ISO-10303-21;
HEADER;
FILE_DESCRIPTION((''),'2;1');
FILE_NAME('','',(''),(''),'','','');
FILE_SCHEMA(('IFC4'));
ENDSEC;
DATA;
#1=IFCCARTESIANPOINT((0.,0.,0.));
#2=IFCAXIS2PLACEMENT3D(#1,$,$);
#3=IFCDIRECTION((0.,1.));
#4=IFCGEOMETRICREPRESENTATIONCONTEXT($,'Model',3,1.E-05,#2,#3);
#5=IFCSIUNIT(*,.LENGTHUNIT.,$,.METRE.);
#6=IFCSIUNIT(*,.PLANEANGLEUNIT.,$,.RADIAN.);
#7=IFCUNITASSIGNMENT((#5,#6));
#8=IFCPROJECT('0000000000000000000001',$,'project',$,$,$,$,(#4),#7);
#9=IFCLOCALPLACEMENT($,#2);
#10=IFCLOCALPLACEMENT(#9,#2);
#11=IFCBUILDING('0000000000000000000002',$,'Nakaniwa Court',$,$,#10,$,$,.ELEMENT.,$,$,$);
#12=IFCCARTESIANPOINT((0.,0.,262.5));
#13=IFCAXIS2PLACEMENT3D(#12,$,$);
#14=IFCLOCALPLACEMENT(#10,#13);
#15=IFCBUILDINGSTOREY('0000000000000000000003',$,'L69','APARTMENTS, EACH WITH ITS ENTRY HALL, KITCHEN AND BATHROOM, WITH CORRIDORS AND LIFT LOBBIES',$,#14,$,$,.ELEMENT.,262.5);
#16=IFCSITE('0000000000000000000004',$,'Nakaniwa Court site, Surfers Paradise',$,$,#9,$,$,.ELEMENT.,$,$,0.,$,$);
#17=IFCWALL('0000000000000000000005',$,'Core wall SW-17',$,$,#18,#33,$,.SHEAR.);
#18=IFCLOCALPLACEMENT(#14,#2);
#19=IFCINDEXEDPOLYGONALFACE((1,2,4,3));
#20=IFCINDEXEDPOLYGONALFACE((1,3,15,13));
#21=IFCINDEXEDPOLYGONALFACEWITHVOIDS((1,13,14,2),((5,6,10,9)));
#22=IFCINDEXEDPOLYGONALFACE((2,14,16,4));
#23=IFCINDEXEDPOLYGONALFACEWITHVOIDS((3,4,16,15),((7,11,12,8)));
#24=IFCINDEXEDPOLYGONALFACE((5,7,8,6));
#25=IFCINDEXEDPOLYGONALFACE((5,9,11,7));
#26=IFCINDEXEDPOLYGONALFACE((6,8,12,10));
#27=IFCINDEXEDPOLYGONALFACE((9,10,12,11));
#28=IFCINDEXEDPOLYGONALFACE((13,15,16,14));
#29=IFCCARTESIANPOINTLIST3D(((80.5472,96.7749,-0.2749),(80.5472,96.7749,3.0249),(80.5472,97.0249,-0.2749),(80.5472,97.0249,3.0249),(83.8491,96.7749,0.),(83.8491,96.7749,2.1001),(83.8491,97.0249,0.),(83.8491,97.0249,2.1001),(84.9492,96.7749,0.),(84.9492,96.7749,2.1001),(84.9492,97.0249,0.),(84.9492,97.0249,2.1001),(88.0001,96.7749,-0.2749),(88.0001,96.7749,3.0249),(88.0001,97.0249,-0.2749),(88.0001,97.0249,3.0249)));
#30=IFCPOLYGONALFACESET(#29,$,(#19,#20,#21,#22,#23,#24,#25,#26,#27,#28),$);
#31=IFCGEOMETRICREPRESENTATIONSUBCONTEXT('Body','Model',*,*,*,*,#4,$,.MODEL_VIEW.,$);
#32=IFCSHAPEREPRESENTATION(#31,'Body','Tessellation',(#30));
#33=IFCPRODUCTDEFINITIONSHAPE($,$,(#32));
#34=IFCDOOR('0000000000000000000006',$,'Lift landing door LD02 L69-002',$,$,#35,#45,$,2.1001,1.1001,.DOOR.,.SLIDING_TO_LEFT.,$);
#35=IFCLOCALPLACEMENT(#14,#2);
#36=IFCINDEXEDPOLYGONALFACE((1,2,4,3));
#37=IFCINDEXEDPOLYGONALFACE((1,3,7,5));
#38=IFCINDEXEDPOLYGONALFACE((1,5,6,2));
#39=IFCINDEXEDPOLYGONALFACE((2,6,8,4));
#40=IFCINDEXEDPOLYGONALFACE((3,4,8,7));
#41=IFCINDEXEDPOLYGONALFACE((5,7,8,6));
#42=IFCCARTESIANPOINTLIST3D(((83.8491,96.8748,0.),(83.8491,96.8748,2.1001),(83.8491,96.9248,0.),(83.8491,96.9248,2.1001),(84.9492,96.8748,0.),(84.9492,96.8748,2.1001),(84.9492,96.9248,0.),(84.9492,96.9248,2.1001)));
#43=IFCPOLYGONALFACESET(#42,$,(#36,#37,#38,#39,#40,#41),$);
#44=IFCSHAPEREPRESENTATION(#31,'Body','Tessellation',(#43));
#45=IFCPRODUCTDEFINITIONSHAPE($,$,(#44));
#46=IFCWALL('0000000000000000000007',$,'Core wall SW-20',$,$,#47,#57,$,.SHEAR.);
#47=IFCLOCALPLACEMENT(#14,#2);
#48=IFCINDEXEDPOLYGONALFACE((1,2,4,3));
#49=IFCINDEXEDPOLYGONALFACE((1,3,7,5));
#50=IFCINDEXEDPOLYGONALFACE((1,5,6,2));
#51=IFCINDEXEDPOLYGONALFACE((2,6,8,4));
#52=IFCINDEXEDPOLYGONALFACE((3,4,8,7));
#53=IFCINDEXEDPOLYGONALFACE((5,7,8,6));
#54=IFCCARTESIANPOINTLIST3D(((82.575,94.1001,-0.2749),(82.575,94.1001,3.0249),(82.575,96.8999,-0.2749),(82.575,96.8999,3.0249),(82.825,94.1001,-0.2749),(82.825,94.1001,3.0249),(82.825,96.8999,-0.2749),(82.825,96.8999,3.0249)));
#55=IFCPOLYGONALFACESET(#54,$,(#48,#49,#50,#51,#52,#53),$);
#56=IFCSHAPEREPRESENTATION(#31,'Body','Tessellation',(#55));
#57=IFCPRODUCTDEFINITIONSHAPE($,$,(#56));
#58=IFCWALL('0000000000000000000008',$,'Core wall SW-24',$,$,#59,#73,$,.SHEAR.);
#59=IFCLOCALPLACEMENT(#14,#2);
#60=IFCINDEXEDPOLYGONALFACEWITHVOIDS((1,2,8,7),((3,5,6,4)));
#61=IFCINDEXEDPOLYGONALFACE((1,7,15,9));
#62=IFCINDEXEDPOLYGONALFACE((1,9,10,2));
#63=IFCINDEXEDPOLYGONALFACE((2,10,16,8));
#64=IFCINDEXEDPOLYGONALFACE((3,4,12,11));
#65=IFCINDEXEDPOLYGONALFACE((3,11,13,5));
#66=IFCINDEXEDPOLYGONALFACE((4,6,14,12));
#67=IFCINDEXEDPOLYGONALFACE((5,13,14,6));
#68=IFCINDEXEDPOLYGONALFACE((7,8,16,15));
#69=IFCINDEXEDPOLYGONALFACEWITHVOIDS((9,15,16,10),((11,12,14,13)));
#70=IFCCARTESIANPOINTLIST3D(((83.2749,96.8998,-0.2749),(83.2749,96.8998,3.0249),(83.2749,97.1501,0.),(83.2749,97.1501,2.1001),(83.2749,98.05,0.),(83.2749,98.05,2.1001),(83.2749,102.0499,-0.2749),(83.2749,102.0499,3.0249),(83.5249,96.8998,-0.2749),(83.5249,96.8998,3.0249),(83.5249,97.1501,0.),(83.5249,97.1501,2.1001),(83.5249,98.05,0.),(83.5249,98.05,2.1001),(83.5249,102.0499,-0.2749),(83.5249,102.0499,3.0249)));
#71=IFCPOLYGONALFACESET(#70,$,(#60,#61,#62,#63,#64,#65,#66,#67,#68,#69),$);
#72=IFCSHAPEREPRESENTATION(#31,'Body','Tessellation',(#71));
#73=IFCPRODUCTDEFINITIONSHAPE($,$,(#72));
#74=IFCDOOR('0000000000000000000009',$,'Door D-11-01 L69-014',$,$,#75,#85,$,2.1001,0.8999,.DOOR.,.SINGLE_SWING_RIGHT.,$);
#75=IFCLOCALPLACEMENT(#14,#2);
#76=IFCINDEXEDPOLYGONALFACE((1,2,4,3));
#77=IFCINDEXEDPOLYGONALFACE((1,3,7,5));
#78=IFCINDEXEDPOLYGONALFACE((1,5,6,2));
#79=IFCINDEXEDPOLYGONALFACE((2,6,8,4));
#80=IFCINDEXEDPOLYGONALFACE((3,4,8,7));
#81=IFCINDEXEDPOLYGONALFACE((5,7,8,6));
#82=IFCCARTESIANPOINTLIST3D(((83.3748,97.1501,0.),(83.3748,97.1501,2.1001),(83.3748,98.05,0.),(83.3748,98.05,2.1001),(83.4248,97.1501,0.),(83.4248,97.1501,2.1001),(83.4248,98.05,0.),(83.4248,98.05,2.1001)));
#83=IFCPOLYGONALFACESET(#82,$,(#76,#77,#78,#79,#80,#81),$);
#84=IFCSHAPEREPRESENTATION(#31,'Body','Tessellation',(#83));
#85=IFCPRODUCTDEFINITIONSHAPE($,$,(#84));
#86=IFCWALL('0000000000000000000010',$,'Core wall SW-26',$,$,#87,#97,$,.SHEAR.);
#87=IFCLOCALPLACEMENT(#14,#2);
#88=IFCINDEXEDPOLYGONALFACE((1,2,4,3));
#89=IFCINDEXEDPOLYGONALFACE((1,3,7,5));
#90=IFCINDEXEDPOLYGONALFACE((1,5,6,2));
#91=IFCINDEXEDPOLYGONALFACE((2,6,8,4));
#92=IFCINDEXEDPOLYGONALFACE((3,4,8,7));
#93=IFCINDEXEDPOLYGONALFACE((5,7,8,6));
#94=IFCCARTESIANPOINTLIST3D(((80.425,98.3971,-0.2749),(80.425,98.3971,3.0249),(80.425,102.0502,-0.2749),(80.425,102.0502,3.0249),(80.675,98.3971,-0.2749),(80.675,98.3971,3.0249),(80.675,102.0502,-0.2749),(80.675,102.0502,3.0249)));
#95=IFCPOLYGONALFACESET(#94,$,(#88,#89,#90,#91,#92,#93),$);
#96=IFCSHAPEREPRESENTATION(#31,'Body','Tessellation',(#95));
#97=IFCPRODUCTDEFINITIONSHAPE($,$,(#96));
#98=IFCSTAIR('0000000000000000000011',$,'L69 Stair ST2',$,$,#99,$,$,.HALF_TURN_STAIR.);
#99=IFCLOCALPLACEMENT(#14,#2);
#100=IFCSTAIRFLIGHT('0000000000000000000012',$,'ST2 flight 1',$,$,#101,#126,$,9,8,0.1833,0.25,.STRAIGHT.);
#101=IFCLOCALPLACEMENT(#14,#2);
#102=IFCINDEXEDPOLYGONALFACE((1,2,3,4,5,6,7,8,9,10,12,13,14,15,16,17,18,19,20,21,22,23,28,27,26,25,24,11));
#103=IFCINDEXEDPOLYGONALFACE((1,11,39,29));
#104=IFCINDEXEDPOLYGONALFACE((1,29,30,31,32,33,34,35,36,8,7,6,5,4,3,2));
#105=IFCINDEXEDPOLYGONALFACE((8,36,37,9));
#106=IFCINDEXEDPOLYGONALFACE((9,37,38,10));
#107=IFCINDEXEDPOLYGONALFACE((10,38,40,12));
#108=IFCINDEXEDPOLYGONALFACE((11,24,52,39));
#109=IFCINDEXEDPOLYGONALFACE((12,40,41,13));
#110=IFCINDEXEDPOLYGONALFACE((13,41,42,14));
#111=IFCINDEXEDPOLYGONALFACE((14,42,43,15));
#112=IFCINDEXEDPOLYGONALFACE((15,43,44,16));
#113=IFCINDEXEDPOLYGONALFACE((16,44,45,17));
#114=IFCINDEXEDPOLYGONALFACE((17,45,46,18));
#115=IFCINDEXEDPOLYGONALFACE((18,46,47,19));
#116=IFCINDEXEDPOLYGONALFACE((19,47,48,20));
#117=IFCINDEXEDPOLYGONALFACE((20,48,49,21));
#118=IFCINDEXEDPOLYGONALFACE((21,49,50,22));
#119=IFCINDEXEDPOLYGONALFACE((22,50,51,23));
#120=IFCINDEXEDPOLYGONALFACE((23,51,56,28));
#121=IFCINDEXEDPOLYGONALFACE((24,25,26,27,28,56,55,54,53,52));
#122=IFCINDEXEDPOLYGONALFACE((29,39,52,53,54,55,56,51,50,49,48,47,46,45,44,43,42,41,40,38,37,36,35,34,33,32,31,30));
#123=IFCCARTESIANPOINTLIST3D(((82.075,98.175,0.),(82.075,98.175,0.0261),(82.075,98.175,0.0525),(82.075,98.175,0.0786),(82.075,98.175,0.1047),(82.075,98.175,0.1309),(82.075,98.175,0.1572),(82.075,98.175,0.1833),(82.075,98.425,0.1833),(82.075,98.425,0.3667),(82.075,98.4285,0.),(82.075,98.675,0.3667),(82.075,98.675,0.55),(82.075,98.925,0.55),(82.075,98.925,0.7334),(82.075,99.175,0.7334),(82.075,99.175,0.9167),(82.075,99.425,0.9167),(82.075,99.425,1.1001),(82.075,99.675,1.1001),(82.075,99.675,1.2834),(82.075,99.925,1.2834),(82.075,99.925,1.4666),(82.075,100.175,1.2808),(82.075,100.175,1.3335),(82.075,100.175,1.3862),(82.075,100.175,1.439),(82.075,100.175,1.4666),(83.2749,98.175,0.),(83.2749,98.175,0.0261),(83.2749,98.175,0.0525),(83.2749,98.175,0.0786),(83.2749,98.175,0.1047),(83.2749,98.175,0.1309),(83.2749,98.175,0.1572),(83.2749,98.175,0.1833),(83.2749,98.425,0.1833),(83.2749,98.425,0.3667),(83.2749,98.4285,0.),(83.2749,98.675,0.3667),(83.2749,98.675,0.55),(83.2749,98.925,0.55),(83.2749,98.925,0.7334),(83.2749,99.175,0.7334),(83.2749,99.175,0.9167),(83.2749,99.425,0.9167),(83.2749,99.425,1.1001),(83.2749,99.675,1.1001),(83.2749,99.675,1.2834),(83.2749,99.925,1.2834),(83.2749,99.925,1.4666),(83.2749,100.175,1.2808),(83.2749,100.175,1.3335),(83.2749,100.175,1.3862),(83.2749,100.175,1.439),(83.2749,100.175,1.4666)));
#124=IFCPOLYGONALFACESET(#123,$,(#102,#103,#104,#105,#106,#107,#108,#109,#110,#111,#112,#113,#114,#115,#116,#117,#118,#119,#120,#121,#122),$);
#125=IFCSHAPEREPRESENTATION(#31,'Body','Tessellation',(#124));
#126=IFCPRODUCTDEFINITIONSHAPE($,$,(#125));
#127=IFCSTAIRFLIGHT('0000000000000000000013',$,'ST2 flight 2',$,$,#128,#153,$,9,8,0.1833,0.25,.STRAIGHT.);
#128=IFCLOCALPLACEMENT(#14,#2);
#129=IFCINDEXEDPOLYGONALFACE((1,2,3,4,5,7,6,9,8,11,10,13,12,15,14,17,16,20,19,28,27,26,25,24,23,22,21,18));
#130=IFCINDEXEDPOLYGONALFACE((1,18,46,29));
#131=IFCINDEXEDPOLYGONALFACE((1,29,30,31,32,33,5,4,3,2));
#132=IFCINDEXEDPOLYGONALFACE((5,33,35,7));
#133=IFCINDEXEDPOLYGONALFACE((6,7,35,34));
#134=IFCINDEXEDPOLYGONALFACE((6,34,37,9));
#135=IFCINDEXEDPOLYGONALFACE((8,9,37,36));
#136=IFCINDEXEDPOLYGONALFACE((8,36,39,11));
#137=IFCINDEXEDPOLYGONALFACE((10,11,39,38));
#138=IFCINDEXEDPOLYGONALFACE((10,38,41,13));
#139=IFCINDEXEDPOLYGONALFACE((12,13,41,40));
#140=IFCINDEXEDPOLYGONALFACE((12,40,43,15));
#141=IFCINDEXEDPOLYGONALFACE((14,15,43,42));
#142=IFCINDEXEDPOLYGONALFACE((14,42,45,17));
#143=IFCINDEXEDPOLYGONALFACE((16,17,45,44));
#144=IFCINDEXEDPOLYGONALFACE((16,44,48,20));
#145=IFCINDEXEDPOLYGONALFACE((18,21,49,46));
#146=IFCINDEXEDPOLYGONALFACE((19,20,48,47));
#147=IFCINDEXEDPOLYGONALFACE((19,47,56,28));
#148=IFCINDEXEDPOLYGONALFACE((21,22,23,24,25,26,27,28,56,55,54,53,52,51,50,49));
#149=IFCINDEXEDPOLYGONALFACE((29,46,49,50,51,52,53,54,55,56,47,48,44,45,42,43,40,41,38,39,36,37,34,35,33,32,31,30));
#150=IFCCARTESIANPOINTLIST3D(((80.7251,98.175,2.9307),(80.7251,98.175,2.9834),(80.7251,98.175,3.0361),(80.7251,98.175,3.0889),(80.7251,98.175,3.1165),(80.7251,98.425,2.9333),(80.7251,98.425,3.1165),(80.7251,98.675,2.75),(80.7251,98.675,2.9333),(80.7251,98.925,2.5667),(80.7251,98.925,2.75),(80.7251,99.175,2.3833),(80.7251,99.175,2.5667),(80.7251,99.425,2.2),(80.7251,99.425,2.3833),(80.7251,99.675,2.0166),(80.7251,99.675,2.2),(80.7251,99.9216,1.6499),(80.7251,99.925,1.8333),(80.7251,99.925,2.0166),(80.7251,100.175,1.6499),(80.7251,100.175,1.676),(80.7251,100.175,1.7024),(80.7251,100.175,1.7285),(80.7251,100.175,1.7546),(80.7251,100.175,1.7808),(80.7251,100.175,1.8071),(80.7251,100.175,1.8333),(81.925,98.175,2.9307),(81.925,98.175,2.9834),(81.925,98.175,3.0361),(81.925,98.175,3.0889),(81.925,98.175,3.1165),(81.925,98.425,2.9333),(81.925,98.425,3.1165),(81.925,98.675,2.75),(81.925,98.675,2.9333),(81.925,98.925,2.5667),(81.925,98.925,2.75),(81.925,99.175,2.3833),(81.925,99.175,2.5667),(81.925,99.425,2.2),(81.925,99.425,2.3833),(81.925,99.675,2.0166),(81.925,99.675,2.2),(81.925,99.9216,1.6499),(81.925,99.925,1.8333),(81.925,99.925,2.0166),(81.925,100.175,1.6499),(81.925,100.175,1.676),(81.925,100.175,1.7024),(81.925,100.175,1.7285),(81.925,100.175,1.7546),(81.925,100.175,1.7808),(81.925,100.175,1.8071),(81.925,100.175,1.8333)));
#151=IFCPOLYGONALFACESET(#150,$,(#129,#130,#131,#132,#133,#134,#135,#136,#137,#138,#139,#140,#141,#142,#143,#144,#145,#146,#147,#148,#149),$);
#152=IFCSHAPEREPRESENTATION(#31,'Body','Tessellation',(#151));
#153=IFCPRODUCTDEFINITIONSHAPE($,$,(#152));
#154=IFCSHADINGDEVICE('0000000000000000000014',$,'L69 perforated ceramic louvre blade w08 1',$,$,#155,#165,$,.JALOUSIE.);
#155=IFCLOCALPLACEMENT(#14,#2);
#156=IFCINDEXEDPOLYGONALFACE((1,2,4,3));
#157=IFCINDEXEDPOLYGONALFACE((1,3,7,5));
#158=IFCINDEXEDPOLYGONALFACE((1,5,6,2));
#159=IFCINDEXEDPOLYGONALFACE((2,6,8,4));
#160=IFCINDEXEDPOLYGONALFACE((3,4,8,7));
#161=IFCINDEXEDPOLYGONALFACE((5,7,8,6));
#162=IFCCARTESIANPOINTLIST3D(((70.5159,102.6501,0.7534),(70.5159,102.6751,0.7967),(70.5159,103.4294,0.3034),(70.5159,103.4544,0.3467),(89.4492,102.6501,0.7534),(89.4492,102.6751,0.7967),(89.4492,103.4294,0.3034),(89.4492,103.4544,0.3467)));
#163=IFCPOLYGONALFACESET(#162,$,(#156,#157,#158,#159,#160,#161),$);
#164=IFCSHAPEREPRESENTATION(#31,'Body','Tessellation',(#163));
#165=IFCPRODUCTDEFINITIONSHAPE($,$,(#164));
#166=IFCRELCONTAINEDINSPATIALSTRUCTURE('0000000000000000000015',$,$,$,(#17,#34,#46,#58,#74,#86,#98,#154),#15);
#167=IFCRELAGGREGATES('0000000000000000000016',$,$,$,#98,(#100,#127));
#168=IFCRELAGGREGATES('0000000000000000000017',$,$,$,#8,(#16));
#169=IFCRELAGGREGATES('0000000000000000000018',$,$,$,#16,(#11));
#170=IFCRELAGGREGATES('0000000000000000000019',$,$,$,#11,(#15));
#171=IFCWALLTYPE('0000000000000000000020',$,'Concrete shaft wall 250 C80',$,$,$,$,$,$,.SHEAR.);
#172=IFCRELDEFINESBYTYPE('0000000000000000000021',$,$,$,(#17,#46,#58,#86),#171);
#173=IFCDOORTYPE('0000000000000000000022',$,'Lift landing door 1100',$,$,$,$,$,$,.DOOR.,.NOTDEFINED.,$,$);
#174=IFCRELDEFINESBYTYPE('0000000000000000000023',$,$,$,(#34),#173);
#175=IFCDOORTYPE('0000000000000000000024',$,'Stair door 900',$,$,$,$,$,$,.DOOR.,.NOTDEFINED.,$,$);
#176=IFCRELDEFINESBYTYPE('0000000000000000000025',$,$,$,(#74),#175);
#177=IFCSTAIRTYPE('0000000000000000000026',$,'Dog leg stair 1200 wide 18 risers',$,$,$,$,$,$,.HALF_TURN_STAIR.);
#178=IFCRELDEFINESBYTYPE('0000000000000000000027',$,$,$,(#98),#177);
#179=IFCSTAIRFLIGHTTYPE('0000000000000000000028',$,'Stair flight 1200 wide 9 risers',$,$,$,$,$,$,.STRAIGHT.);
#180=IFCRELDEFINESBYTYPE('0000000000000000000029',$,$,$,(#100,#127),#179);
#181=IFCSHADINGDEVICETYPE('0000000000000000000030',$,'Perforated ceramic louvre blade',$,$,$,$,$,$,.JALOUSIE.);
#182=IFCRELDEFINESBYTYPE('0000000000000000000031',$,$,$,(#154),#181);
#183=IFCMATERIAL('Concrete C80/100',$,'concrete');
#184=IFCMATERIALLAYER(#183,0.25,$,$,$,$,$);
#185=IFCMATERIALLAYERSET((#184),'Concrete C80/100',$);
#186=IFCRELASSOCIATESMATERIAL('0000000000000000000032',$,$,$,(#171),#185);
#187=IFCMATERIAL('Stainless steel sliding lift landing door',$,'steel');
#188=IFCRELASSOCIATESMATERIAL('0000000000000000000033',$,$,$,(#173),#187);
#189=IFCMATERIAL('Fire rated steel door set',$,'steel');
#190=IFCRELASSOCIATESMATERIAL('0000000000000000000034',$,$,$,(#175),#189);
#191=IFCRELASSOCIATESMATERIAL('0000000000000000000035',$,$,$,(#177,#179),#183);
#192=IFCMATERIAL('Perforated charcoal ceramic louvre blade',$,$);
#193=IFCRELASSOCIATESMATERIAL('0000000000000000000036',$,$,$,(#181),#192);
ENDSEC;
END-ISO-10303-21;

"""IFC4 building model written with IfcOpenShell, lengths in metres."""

from ifc_helpers import new_model, si_unit, direction, frame, frame_2d, origin, origin_2d, place, context, subcontext, project, spatial, polyline, rectangle, outline, extrude, material, layer, layer_set, material_profile, profile_set, type_object, element, fill, aggregate, save


model = new_model("IFC4")

# Units and contexts
model_context = context("Model", 3, precision=1e-05, world=origin(), true_north=direction((0.0, 1.0)))
body_context = subcontext(model_context, "Body", "Model", "MODEL_VIEW")
ifc_project = project(units=[si_unit("LENGTHUNIT", "METRE"), si_unit("PLANEANGLEUNIT", "RADIAN")], contexts=[model_context])

# Site, building, storey
site_placement = place(None, origin())
site = spatial("IfcSite", under=ifc_project, at=site_placement, Name="Nakaniwa Court site, Surfers Paradise", CompositionType="ELEMENT", RefElevation=0.0)
building_placement = place(site_placement, origin())
building = spatial("IfcBuilding", under=site, at=building_placement, Name="Nakaniwa Court", CompositionType="ELEMENT")
storey_placement = place(building_placement, frame((0.0, 0.0, 262.5)))
storey = spatial("IfcBuildingStorey", under=building, at=storey_placement, Name="L69", Description="APARTMENTS, EACH WITH ITS ENTRY HALL, KITCHEN AND BATHROOM, WITH CORRIDORS AND LIFT LOBBIES", CompositionType="ELEMENT", Elevation=262.5)

# Shared definitions
ifc_material_1 = material(Name="Fire rated steel door set", Category="steel")

# Shared definitions
ifc_material_2 = material(Name="Concrete C80/100", Category="concrete")

# Shared definitions
ifc_layer_1 = layer(ifc_material_2, 0.25)
ifc_layer_set_1 = layer_set([ifc_layer_1], Name="Concrete C80/100")
wall_type_1 = type_object("IfcWallType", Name="Concrete shaft wall 250 C80", PredefinedType="SHEAR", material=ifc_layer_set_1)

# Wall, opening, door
wall_1_placement = place(storey_placement, frame((80.5471, 96.8999, -0.2749), z_axis=(0.0, 0.0, 1.0), x_axis=(1.0, 0.0, 0.0)))
wall_1 = element("IfcWall", 1, at=wall_1_placement, inside=storey, type_object=wall_type_1, Name="Core wall SW-17", PredefinedType="SHEAR", context=body_context, shape_type="SweptSolid", body=[
    extrude(rectangle(XDim=7.4529, YDim=0.25, at=frame_2d((3.7266, 0.0))), origin(), (0.0, 0.0, 1.0), 3.2998),
])
opening_1_placement = place(wall_1_placement, frame((3.302, 0.0, 0.2749)))
opening_1 = element("IfcOpeningElement", 2, at=opening_1_placement, cuts=wall_1, PredefinedType="OPENING", context=body_context, shape_type="SweptSolid", body=[
    extrude(rectangle(XDim=1.1001, YDim=2.1001, at=frame_2d((0.55, 1.05))), frame((0.0, 0.135, 0.0), z_axis=(0.0, -1.0, 0.0), x_axis=(1.0, 0.0, 0.0)), (0.0, 0.0, 1.0), 0.27),
])
ifc_material_3 = material(Name="Stainless steel sliding lift landing door", Category="steel")
door_type_1 = type_object("IfcDoorType", Name="Lift landing door 1100", OperationType="NOTDEFINED", PredefinedType="DOOR", material=ifc_material_3)
door_1_placement = place(opening_1_placement, origin())
door_1 = element("IfcDoor", 3, at=door_1_placement, inside=storey, type_object=door_type_1, Name="Lift landing door LD02 L69-002", OperationType="SLIDING_TO_LEFT", OverallHeight=2.1001, OverallWidth=1.1001, PredefinedType="DOOR", context=body_context, shape_type="SweptSolid", body=[
    extrude(rectangle(XDim=1.1001, YDim=2.1001, at=frame_2d((0.55, 1.05))), frame((0.0, 0.0249, 0.0), z_axis=(0.0, -1.0, 0.0), x_axis=(1.0, 0.0, 0.0)), (0.0, 0.0, 1.0), 0.05),
])
fill(opening_1, door_1)

# Wall
wall_2_placement = place(storey_placement, frame((82.7, 94.1001, -0.2749), z_axis=(0.0, 0.0, 1.0), x_axis=(0.0, 1.0, 0.0)))
element("IfcWall", 4, at=wall_2_placement, inside=storey, type_object=wall_type_1, Name="Core wall SW-20", PredefinedType="SHEAR", context=body_context, shape_type="SweptSolid", body=[
    extrude(rectangle(XDim=2.7998, YDim=0.25, at=frame_2d((1.3999, 0.0))), origin(), (0.0, 0.0, 1.0), 3.2998),
])

# Wall, opening, door
wall_3_placement = place(storey_placement, frame((83.3999, 102.05, -0.2749), z_axis=(0.0, 0.0, 1.0), x_axis=(0.0, -1.0, 0.0)))
wall_3 = element("IfcWall", 5, at=wall_3_placement, inside=storey, type_object=wall_type_1, Name="Core wall SW-24", PredefinedType="SHEAR", context=body_context, shape_type="SweptSolid", body=[
    extrude(rectangle(XDim=5.1501, YDim=0.25, at=frame_2d((2.5752, 0.0))), origin(), (0.0, 0.0, 1.0), 3.2998),
])
opening_2_placement = place(wall_3_placement, frame((4.0, 0.0, 0.2749)))
opening_2 = element("IfcOpeningElement", 6, at=opening_2_placement, cuts=wall_3, PredefinedType="OPENING", context=body_context, shape_type="SweptSolid", body=[
    extrude(rectangle(XDim=0.8999, YDim=2.1001, at=frame_2d((0.45, 1.05))), frame((0.0, 0.135, 0.0), z_axis=(0.0, -1.0, 0.0), x_axis=(1.0, 0.0, 0.0)), (0.0, 0.0, 1.0), 0.27),
])
door_type_2 = type_object("IfcDoorType", Name="Stair door 900", OperationType="NOTDEFINED", PredefinedType="DOOR", material=ifc_material_1)
door_2_placement = place(opening_2_placement, origin())
door_2 = element("IfcDoor", 7, at=door_2_placement, inside=storey, type_object=door_type_2, Name="Door D-11-01 L69-014", OperationType="SINGLE_SWING_RIGHT", OverallHeight=2.1001, OverallWidth=0.8999, PredefinedType="DOOR", context=body_context, shape_type="SweptSolid", body=[
    extrude(rectangle(XDim=0.8999, YDim=2.1001, at=frame_2d((0.45, 1.05))), frame((0.0, 0.0249, 0.0), z_axis=(0.0, -1.0, 0.0), x_axis=(1.0, 0.0, 0.0)), (0.0, 0.0, 1.0), 0.05),
])
fill(opening_2, door_2)

# Wall
wall_4_placement = place(storey_placement, frame((80.55, 98.397, -0.2749), z_axis=(0.0, 0.0, 1.0), x_axis=(0.0, 1.0, 0.0)))
element("IfcWall", 8, at=wall_4_placement, inside=storey, type_object=wall_type_1, Name="Core wall SW-26", PredefinedType="SHEAR", context=body_context, shape_type="SweptSolid", body=[
    extrude(rectangle(XDim=3.6531, YDim=0.25, at=frame_2d((1.8267, 0.0))), origin(), (0.0, 0.0, 1.0), 3.2998),
])

# Stair, stair flights
stair_type = type_object("IfcStairType", Name="Dog leg stair 1200 wide 18 risers", PredefinedType="HALF_TURN_STAIR", material=ifc_material_2)
stair_placement = place(storey_placement, origin())
stair = element("IfcStair", 9, at=stair_placement, inside=storey, type_object=stair_type, Name="L69 Stair ST2", PredefinedType="HALF_TURN_STAIR")
stair_flight_type = type_object("IfcStairFlightType", Name="Stair flight 1200 wide 9 risers", PredefinedType="STRAIGHT", material=ifc_material_2)
stair_flight_1_placement = place(storey_placement, frame((82.675, 98.175, 0.0), z_axis=(0.0, 0.0, 1.0), x_axis=(0.0, 1.0, 0.0)))
stair_flight_1 = element("IfcStairFlight", 10, at=stair_flight_1_placement, type_object=stair_flight_type, Name="ST2 flight 1", NumberOfRisers=9, NumberOfTreads=8, PredefinedType="STRAIGHT", RiserHeight=0.1833, TreadLength=0.25, context=body_context, shape_type="SweptSolid", body=[
    extrude(outline(polyline([(0.0, 0.0), (0.0, 0.0261), (0.0, 0.0525), (0.0, 0.0786), (0.0, 0.1047), (0.0, 0.1309), (0.0, 0.1572), (0.0, 0.1833), (0.25, 0.1833), (0.25, 0.3667), (0.5, 0.3667), (0.5, 0.55), (0.75, 0.55), (0.75, 0.7334), (1.0, 0.7334), (1.0, 0.9167), (1.25, 0.9167), (1.25, 1.1001), (1.5, 1.1001), (1.5, 1.2834), (1.75, 1.2834), (1.75, 1.4666), (2.0, 1.4666), (2.0, 1.6499), (2.0, 1.5972), (2.0, 1.5444), (2.0, 1.4917), (2.0, 1.439), (2.0, 1.3862), (2.0, 1.3335), (2.0, 1.2808), (0.2534, 0.0), (0.0, 0.0)])), frame((0.0, 0.6001, 0.0), z_axis=(0.0, -1.0, 0.0), x_axis=(1.0, 0.0, 0.0)), (0.0, 0.0, 1.0), 1.2),
])
stair_flight_2_placement = place(storey_placement, frame((81.325, 100.175, 1.6499), z_axis=(0.0, 0.0, 1.0), x_axis=(0.0, -1.0, 0.0)))
stair_flight_2 = element("IfcStairFlight", 11, at=stair_flight_2_placement, type_object=stair_flight_type, Name="ST2 flight 2", NumberOfRisers=9, NumberOfTreads=8, PredefinedType="STRAIGHT", RiserHeight=0.1833, TreadLength=0.25, context=body_context, shape_type="SweptSolid", body=[
    extrude(outline(polyline([(0.0, 0.0), (0.0, 0.0261), (0.0, 0.0525), (0.0, 0.0786), (0.0, 0.1047), (0.0, 0.1309), (0.0, 0.1572), (0.0, 0.1833), (0.25, 0.1833), (0.25, 0.3667), (0.5, 0.3667), (0.5, 0.55), (0.75, 0.55), (0.75, 0.7334), (1.0, 0.7334), (1.0, 0.9167), (1.25, 0.9167), (1.25, 1.1001), (1.5, 1.1001), (1.5, 1.2834), (1.75, 1.2834), (1.75, 1.4666), (2.0, 1.4666), (2.0, 1.6499), (2.0, 1.5972), (2.0, 1.5444), (2.0, 1.4917), (2.0, 1.439), (2.0, 1.3862), (2.0, 1.3335), (2.0, 1.2808), (0.2534, 0.0), (0.0, 0.0)])), frame((0.0, 0.6001, 0.0), z_axis=(0.0, -1.0, 0.0), x_axis=(1.0, 0.0, 0.0)), (0.0, 0.0, 1.0), 1.2),
])
aggregate(stair, [stair_flight_1, stair_flight_2])

# Shading device
ifc_material_4 = material(Name="Perforated charcoal ceramic louvre blade")
ifc_material_profile = material_profile(ifc_material_4, rectangle(XDim=0.8999, YDim=0.05, at=origin_2d()), Name="Perforated ceramic louvre blade")
ifc_profile_set = profile_set([ifc_material_profile], Name="Perforated charcoal ceramic louvre blade")
shading_device_type = type_object("IfcShadingDeviceType", Name="Perforated ceramic louvre blade", PredefinedType="JALOUSIE", material=ifc_profile_set)
for number, where, z_axis, x_axis, name in (
    (12, (89.4492, 103.0522, 0.55), (-1.0, 0.0, 0.0), (0.0, -0.866025, 0.5), "L69 perforated ceramic louvre blade w08 1"),
):
    element("IfcShadingDevice", number, at=place(storey_placement, frame(where, z_axis=z_axis, x_axis=x_axis)), inside=storey, type_object=shading_device_type, Name=name, PredefinedType="JALOUSIE", context=body_context, shape_type="SweptSolid", body=[
        extrude(rectangle(XDim=0.8999, YDim=0.05, at=origin_2d()), origin(), (0.0, 0.0, 1.0), 18.9333),
    ])

save(model, "model.ifc")
